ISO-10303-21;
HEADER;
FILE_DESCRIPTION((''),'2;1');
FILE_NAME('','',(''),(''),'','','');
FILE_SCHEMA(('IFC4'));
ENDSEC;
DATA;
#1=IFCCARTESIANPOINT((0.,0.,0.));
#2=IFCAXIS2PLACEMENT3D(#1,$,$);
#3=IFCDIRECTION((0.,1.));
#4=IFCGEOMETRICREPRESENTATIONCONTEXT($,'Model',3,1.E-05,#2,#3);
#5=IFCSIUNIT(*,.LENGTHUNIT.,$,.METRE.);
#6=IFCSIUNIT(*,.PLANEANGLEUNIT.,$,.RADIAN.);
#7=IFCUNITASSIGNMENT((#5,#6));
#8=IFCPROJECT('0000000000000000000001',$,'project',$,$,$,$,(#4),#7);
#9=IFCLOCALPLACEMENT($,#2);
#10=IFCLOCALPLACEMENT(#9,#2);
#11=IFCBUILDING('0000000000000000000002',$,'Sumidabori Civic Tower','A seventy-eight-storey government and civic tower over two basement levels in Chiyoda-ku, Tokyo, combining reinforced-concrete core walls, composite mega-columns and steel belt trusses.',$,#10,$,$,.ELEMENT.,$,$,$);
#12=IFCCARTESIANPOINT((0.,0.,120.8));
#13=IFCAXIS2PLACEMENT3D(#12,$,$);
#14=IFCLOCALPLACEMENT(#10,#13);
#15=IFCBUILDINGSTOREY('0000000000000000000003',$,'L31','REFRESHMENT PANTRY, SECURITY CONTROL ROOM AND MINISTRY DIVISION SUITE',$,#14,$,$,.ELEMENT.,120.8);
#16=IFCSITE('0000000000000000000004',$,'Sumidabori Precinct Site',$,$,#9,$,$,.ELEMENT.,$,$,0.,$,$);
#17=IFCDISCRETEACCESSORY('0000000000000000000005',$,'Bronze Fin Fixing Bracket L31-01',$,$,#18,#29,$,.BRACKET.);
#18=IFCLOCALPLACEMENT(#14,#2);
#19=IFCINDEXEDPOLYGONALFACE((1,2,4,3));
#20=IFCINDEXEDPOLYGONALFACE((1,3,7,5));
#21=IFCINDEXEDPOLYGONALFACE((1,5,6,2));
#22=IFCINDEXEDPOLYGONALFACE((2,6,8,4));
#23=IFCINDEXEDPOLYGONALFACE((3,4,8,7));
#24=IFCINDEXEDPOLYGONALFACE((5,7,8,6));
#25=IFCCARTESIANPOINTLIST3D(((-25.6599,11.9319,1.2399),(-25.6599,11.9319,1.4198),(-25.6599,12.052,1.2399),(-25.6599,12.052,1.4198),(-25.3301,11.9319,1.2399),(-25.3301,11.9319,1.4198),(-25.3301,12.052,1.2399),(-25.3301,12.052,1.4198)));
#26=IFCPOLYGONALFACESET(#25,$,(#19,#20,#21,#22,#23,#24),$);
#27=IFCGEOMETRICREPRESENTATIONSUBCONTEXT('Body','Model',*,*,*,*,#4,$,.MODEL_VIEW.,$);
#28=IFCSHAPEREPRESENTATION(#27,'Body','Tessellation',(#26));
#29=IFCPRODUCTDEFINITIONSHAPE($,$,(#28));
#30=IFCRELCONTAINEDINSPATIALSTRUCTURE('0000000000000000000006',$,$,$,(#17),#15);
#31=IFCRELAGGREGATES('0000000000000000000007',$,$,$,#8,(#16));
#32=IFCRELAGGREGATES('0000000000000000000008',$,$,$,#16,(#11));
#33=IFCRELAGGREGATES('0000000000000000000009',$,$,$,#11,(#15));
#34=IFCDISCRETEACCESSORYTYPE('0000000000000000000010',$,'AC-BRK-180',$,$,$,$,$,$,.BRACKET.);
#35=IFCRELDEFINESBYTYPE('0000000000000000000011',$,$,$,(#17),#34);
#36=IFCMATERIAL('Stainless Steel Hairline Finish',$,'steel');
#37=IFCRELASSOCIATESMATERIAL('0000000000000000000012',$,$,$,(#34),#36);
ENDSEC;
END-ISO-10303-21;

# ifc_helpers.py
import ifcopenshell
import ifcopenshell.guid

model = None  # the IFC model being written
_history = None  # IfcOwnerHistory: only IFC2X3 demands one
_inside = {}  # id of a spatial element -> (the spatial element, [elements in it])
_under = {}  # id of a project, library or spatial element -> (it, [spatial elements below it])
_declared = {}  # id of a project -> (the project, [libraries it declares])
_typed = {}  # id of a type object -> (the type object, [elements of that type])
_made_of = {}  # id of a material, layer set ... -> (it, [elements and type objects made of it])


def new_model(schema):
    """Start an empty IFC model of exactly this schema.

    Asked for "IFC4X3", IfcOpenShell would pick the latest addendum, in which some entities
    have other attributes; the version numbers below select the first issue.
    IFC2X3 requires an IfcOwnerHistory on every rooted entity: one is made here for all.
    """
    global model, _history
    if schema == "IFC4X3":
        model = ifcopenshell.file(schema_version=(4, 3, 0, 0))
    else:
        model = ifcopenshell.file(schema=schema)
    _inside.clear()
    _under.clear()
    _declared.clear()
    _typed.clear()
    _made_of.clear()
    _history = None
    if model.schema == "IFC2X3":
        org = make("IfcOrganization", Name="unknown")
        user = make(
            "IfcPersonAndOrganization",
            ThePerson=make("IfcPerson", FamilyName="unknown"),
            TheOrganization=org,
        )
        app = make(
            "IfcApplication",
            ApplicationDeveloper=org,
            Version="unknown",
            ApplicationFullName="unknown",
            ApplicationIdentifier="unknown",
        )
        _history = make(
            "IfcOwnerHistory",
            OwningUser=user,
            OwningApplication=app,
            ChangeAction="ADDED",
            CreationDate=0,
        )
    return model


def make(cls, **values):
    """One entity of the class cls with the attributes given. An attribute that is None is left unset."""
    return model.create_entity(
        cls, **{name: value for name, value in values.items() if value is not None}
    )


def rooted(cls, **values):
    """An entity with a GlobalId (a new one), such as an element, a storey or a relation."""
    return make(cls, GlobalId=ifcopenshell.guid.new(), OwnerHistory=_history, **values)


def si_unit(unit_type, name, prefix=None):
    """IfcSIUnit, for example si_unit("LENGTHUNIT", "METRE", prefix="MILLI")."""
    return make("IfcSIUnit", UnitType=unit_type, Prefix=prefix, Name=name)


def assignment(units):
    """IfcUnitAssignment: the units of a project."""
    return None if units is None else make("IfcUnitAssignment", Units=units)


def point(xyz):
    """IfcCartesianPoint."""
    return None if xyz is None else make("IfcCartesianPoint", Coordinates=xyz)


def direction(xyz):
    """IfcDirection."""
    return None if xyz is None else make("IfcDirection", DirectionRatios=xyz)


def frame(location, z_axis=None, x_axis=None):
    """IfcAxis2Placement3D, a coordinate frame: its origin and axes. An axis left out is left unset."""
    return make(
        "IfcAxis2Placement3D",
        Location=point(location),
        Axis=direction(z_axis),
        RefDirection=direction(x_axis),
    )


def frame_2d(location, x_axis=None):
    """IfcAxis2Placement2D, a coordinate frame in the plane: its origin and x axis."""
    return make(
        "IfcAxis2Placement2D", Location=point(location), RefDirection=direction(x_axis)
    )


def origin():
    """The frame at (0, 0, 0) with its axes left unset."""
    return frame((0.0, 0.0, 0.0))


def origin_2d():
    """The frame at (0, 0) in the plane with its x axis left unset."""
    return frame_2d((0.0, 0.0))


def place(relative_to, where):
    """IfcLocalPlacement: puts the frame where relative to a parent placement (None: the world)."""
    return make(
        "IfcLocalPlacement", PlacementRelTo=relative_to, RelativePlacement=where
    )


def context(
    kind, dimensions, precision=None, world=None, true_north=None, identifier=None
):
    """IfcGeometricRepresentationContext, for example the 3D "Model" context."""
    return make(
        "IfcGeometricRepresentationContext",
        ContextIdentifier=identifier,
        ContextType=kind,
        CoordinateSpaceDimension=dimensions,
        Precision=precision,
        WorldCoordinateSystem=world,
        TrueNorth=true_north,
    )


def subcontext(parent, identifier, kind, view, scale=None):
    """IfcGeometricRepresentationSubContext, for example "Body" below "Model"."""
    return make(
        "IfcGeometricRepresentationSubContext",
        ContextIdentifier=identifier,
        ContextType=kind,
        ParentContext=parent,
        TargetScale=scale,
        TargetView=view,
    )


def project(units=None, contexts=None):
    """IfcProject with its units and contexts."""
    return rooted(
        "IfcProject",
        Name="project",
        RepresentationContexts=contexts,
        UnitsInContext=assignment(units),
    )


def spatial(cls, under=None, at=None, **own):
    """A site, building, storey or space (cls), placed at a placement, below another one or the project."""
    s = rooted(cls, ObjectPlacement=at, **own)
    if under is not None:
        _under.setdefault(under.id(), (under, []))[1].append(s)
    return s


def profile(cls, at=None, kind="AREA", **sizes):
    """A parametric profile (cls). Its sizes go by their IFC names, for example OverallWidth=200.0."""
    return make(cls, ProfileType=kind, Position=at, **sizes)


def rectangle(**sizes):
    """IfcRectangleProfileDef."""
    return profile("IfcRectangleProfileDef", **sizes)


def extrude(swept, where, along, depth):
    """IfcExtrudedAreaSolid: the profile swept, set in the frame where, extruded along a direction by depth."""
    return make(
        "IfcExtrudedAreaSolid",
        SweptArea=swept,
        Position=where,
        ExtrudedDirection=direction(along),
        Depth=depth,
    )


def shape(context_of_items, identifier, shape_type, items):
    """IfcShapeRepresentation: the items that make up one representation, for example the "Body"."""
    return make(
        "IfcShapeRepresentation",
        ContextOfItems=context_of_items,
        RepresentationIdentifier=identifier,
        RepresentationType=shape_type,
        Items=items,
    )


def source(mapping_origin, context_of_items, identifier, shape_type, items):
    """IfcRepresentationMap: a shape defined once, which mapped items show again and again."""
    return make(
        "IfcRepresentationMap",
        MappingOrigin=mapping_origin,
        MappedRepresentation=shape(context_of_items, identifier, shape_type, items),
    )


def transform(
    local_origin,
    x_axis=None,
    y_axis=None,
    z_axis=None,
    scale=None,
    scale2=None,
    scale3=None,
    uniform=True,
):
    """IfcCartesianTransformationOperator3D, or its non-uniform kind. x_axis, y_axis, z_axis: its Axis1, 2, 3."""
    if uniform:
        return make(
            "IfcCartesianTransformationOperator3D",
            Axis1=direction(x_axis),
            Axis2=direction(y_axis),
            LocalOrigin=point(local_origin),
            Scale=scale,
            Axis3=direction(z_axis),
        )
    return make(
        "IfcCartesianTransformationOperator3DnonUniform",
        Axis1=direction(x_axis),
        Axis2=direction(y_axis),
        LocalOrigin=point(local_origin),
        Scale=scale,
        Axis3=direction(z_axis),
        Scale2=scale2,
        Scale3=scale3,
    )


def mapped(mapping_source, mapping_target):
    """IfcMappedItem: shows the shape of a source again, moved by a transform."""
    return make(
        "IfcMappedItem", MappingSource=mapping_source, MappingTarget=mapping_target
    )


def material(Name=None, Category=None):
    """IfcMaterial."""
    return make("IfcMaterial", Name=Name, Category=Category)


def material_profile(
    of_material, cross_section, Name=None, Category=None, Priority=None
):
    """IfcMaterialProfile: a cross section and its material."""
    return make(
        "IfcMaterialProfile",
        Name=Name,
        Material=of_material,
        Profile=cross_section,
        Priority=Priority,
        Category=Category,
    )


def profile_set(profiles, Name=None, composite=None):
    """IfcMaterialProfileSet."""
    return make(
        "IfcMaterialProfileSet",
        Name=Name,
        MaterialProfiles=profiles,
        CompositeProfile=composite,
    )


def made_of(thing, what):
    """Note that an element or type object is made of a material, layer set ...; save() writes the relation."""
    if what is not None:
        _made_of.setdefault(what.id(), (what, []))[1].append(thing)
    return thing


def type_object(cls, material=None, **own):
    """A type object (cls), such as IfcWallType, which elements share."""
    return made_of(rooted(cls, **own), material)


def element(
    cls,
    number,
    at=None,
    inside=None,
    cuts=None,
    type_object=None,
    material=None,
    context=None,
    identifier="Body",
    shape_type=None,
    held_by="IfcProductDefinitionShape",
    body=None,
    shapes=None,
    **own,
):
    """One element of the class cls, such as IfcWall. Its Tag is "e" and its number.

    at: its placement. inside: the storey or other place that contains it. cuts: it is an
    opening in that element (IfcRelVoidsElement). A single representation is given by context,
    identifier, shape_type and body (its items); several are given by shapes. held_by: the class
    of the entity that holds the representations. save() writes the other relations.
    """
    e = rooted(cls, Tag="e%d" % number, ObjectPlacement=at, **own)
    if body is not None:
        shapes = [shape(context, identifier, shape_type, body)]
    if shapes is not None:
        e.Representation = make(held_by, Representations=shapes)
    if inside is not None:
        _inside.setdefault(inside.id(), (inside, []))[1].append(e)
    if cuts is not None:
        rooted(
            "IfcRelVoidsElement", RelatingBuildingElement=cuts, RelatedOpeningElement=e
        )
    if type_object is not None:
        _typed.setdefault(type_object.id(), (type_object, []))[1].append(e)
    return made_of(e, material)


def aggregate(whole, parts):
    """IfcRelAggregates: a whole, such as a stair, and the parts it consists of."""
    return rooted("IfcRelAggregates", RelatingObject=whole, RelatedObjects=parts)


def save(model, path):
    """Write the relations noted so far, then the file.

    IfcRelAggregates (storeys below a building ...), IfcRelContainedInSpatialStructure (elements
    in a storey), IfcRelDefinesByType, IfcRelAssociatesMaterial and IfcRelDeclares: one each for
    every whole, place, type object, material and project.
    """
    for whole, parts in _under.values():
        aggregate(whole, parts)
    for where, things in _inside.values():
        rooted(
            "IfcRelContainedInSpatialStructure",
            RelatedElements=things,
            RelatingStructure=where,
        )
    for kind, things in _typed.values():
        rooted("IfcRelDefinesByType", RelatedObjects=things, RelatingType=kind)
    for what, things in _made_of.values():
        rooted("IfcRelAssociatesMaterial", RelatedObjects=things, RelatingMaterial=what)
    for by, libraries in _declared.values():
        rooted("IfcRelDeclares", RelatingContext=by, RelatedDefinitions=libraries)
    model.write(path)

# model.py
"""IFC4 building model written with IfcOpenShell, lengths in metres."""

from ifc_helpers import new_model, si_unit, direction, frame, origin, origin_2d, place, context, subcontext, project, spatial, rectangle, extrude, source, transform, mapped, material, material_profile, profile_set, type_object, element, save


model = new_model("IFC4")

# Units and contexts
model_context = context("Model", 3, precision=1e-05, world=origin(), true_north=direction((0.0, 1.0)))
body_context = subcontext(model_context, "Body", "Model", "MODEL_VIEW")
ifc_project = project(units=[si_unit("LENGTHUNIT", "METRE"), si_unit("PLANEANGLEUNIT", "RADIAN")], contexts=[model_context])

# Site, building, storey
site_placement = place(None, origin())
site = spatial("IfcSite", under=ifc_project, at=site_placement, Name="Sumidabori Precinct Site", CompositionType="ELEMENT", RefElevation=0.0)
building_placement = place(site_placement, origin())
building = spatial("IfcBuilding", under=site, at=building_placement, Name="Sumidabori Civic Tower", Description="A seventy-eight-storey government and civic tower over two basement levels in Chiyoda-ku, Tokyo, combining reinforced-concrete core walls, composite mega-columns and steel belt trusses.", CompositionType="ELEMENT")
storey_placement = place(building_placement, frame((0.0, 0.0, 120.8)))
storey = spatial("IfcBuildingStorey", under=building, at=storey_placement, Name="L31", Description="REFRESHMENT PANTRY, SECURITY CONTROL ROOM AND MINISTRY DIVISION SUITE", CompositionType="ELEMENT", Elevation=120.8)

# Shared definitions
ifc_material_1 = material(Name="Stainless Steel Hairline Finish", Category="steel")

# Discrete accessory
ifc_material_profile_1 = material_profile(ifc_material_1, rectangle(XDim=0.1201, YDim=0.1799, at=origin_2d()), Name="STEEL BRACKET 180x120")
ifc_profile_set_1 = profile_set([ifc_material_profile_1], Name="Stainless Steel Hairline Finish")
discrete_accessory_type = type_object("IfcDiscreteAccessoryType", Name="AC-BRK-180", PredefinedType="BRACKET", material=ifc_profile_set_1)
shared_shape_1 = source(origin(), body_context, "Body", "SweptSolid", [
    extrude(rectangle(XDim=0.1201, YDim=0.1799, at=origin_2d()), origin(), (0.0, 0.0, 1.0), 0.3298),
])
discrete_accessory_placement = place(storey_placement, frame((-25.3301, 11.9919, 1.3298), z_axis=(-1.0, 0.0, 0.0), x_axis=(0.0, -1.0, 0.0)))
element("IfcDiscreteAccessory", 1, at=discrete_accessory_placement, inside=storey, type_object=discrete_accessory_type, Name="Bronze Fin Fixing Bracket L31-01", PredefinedType="BRACKET", context=body_context, shape_type="MappedRepresentation", body=[
    mapped(shared_shape_1, transform((0.0, 0.0, 0.0), x_axis=(1.0, 0.0, 0.0), y_axis=(0.0, 1.0, 0.0), z_axis=(0.0, 0.0, 1.0), scale=1.0)),
])

save(model, "model.ifc")
